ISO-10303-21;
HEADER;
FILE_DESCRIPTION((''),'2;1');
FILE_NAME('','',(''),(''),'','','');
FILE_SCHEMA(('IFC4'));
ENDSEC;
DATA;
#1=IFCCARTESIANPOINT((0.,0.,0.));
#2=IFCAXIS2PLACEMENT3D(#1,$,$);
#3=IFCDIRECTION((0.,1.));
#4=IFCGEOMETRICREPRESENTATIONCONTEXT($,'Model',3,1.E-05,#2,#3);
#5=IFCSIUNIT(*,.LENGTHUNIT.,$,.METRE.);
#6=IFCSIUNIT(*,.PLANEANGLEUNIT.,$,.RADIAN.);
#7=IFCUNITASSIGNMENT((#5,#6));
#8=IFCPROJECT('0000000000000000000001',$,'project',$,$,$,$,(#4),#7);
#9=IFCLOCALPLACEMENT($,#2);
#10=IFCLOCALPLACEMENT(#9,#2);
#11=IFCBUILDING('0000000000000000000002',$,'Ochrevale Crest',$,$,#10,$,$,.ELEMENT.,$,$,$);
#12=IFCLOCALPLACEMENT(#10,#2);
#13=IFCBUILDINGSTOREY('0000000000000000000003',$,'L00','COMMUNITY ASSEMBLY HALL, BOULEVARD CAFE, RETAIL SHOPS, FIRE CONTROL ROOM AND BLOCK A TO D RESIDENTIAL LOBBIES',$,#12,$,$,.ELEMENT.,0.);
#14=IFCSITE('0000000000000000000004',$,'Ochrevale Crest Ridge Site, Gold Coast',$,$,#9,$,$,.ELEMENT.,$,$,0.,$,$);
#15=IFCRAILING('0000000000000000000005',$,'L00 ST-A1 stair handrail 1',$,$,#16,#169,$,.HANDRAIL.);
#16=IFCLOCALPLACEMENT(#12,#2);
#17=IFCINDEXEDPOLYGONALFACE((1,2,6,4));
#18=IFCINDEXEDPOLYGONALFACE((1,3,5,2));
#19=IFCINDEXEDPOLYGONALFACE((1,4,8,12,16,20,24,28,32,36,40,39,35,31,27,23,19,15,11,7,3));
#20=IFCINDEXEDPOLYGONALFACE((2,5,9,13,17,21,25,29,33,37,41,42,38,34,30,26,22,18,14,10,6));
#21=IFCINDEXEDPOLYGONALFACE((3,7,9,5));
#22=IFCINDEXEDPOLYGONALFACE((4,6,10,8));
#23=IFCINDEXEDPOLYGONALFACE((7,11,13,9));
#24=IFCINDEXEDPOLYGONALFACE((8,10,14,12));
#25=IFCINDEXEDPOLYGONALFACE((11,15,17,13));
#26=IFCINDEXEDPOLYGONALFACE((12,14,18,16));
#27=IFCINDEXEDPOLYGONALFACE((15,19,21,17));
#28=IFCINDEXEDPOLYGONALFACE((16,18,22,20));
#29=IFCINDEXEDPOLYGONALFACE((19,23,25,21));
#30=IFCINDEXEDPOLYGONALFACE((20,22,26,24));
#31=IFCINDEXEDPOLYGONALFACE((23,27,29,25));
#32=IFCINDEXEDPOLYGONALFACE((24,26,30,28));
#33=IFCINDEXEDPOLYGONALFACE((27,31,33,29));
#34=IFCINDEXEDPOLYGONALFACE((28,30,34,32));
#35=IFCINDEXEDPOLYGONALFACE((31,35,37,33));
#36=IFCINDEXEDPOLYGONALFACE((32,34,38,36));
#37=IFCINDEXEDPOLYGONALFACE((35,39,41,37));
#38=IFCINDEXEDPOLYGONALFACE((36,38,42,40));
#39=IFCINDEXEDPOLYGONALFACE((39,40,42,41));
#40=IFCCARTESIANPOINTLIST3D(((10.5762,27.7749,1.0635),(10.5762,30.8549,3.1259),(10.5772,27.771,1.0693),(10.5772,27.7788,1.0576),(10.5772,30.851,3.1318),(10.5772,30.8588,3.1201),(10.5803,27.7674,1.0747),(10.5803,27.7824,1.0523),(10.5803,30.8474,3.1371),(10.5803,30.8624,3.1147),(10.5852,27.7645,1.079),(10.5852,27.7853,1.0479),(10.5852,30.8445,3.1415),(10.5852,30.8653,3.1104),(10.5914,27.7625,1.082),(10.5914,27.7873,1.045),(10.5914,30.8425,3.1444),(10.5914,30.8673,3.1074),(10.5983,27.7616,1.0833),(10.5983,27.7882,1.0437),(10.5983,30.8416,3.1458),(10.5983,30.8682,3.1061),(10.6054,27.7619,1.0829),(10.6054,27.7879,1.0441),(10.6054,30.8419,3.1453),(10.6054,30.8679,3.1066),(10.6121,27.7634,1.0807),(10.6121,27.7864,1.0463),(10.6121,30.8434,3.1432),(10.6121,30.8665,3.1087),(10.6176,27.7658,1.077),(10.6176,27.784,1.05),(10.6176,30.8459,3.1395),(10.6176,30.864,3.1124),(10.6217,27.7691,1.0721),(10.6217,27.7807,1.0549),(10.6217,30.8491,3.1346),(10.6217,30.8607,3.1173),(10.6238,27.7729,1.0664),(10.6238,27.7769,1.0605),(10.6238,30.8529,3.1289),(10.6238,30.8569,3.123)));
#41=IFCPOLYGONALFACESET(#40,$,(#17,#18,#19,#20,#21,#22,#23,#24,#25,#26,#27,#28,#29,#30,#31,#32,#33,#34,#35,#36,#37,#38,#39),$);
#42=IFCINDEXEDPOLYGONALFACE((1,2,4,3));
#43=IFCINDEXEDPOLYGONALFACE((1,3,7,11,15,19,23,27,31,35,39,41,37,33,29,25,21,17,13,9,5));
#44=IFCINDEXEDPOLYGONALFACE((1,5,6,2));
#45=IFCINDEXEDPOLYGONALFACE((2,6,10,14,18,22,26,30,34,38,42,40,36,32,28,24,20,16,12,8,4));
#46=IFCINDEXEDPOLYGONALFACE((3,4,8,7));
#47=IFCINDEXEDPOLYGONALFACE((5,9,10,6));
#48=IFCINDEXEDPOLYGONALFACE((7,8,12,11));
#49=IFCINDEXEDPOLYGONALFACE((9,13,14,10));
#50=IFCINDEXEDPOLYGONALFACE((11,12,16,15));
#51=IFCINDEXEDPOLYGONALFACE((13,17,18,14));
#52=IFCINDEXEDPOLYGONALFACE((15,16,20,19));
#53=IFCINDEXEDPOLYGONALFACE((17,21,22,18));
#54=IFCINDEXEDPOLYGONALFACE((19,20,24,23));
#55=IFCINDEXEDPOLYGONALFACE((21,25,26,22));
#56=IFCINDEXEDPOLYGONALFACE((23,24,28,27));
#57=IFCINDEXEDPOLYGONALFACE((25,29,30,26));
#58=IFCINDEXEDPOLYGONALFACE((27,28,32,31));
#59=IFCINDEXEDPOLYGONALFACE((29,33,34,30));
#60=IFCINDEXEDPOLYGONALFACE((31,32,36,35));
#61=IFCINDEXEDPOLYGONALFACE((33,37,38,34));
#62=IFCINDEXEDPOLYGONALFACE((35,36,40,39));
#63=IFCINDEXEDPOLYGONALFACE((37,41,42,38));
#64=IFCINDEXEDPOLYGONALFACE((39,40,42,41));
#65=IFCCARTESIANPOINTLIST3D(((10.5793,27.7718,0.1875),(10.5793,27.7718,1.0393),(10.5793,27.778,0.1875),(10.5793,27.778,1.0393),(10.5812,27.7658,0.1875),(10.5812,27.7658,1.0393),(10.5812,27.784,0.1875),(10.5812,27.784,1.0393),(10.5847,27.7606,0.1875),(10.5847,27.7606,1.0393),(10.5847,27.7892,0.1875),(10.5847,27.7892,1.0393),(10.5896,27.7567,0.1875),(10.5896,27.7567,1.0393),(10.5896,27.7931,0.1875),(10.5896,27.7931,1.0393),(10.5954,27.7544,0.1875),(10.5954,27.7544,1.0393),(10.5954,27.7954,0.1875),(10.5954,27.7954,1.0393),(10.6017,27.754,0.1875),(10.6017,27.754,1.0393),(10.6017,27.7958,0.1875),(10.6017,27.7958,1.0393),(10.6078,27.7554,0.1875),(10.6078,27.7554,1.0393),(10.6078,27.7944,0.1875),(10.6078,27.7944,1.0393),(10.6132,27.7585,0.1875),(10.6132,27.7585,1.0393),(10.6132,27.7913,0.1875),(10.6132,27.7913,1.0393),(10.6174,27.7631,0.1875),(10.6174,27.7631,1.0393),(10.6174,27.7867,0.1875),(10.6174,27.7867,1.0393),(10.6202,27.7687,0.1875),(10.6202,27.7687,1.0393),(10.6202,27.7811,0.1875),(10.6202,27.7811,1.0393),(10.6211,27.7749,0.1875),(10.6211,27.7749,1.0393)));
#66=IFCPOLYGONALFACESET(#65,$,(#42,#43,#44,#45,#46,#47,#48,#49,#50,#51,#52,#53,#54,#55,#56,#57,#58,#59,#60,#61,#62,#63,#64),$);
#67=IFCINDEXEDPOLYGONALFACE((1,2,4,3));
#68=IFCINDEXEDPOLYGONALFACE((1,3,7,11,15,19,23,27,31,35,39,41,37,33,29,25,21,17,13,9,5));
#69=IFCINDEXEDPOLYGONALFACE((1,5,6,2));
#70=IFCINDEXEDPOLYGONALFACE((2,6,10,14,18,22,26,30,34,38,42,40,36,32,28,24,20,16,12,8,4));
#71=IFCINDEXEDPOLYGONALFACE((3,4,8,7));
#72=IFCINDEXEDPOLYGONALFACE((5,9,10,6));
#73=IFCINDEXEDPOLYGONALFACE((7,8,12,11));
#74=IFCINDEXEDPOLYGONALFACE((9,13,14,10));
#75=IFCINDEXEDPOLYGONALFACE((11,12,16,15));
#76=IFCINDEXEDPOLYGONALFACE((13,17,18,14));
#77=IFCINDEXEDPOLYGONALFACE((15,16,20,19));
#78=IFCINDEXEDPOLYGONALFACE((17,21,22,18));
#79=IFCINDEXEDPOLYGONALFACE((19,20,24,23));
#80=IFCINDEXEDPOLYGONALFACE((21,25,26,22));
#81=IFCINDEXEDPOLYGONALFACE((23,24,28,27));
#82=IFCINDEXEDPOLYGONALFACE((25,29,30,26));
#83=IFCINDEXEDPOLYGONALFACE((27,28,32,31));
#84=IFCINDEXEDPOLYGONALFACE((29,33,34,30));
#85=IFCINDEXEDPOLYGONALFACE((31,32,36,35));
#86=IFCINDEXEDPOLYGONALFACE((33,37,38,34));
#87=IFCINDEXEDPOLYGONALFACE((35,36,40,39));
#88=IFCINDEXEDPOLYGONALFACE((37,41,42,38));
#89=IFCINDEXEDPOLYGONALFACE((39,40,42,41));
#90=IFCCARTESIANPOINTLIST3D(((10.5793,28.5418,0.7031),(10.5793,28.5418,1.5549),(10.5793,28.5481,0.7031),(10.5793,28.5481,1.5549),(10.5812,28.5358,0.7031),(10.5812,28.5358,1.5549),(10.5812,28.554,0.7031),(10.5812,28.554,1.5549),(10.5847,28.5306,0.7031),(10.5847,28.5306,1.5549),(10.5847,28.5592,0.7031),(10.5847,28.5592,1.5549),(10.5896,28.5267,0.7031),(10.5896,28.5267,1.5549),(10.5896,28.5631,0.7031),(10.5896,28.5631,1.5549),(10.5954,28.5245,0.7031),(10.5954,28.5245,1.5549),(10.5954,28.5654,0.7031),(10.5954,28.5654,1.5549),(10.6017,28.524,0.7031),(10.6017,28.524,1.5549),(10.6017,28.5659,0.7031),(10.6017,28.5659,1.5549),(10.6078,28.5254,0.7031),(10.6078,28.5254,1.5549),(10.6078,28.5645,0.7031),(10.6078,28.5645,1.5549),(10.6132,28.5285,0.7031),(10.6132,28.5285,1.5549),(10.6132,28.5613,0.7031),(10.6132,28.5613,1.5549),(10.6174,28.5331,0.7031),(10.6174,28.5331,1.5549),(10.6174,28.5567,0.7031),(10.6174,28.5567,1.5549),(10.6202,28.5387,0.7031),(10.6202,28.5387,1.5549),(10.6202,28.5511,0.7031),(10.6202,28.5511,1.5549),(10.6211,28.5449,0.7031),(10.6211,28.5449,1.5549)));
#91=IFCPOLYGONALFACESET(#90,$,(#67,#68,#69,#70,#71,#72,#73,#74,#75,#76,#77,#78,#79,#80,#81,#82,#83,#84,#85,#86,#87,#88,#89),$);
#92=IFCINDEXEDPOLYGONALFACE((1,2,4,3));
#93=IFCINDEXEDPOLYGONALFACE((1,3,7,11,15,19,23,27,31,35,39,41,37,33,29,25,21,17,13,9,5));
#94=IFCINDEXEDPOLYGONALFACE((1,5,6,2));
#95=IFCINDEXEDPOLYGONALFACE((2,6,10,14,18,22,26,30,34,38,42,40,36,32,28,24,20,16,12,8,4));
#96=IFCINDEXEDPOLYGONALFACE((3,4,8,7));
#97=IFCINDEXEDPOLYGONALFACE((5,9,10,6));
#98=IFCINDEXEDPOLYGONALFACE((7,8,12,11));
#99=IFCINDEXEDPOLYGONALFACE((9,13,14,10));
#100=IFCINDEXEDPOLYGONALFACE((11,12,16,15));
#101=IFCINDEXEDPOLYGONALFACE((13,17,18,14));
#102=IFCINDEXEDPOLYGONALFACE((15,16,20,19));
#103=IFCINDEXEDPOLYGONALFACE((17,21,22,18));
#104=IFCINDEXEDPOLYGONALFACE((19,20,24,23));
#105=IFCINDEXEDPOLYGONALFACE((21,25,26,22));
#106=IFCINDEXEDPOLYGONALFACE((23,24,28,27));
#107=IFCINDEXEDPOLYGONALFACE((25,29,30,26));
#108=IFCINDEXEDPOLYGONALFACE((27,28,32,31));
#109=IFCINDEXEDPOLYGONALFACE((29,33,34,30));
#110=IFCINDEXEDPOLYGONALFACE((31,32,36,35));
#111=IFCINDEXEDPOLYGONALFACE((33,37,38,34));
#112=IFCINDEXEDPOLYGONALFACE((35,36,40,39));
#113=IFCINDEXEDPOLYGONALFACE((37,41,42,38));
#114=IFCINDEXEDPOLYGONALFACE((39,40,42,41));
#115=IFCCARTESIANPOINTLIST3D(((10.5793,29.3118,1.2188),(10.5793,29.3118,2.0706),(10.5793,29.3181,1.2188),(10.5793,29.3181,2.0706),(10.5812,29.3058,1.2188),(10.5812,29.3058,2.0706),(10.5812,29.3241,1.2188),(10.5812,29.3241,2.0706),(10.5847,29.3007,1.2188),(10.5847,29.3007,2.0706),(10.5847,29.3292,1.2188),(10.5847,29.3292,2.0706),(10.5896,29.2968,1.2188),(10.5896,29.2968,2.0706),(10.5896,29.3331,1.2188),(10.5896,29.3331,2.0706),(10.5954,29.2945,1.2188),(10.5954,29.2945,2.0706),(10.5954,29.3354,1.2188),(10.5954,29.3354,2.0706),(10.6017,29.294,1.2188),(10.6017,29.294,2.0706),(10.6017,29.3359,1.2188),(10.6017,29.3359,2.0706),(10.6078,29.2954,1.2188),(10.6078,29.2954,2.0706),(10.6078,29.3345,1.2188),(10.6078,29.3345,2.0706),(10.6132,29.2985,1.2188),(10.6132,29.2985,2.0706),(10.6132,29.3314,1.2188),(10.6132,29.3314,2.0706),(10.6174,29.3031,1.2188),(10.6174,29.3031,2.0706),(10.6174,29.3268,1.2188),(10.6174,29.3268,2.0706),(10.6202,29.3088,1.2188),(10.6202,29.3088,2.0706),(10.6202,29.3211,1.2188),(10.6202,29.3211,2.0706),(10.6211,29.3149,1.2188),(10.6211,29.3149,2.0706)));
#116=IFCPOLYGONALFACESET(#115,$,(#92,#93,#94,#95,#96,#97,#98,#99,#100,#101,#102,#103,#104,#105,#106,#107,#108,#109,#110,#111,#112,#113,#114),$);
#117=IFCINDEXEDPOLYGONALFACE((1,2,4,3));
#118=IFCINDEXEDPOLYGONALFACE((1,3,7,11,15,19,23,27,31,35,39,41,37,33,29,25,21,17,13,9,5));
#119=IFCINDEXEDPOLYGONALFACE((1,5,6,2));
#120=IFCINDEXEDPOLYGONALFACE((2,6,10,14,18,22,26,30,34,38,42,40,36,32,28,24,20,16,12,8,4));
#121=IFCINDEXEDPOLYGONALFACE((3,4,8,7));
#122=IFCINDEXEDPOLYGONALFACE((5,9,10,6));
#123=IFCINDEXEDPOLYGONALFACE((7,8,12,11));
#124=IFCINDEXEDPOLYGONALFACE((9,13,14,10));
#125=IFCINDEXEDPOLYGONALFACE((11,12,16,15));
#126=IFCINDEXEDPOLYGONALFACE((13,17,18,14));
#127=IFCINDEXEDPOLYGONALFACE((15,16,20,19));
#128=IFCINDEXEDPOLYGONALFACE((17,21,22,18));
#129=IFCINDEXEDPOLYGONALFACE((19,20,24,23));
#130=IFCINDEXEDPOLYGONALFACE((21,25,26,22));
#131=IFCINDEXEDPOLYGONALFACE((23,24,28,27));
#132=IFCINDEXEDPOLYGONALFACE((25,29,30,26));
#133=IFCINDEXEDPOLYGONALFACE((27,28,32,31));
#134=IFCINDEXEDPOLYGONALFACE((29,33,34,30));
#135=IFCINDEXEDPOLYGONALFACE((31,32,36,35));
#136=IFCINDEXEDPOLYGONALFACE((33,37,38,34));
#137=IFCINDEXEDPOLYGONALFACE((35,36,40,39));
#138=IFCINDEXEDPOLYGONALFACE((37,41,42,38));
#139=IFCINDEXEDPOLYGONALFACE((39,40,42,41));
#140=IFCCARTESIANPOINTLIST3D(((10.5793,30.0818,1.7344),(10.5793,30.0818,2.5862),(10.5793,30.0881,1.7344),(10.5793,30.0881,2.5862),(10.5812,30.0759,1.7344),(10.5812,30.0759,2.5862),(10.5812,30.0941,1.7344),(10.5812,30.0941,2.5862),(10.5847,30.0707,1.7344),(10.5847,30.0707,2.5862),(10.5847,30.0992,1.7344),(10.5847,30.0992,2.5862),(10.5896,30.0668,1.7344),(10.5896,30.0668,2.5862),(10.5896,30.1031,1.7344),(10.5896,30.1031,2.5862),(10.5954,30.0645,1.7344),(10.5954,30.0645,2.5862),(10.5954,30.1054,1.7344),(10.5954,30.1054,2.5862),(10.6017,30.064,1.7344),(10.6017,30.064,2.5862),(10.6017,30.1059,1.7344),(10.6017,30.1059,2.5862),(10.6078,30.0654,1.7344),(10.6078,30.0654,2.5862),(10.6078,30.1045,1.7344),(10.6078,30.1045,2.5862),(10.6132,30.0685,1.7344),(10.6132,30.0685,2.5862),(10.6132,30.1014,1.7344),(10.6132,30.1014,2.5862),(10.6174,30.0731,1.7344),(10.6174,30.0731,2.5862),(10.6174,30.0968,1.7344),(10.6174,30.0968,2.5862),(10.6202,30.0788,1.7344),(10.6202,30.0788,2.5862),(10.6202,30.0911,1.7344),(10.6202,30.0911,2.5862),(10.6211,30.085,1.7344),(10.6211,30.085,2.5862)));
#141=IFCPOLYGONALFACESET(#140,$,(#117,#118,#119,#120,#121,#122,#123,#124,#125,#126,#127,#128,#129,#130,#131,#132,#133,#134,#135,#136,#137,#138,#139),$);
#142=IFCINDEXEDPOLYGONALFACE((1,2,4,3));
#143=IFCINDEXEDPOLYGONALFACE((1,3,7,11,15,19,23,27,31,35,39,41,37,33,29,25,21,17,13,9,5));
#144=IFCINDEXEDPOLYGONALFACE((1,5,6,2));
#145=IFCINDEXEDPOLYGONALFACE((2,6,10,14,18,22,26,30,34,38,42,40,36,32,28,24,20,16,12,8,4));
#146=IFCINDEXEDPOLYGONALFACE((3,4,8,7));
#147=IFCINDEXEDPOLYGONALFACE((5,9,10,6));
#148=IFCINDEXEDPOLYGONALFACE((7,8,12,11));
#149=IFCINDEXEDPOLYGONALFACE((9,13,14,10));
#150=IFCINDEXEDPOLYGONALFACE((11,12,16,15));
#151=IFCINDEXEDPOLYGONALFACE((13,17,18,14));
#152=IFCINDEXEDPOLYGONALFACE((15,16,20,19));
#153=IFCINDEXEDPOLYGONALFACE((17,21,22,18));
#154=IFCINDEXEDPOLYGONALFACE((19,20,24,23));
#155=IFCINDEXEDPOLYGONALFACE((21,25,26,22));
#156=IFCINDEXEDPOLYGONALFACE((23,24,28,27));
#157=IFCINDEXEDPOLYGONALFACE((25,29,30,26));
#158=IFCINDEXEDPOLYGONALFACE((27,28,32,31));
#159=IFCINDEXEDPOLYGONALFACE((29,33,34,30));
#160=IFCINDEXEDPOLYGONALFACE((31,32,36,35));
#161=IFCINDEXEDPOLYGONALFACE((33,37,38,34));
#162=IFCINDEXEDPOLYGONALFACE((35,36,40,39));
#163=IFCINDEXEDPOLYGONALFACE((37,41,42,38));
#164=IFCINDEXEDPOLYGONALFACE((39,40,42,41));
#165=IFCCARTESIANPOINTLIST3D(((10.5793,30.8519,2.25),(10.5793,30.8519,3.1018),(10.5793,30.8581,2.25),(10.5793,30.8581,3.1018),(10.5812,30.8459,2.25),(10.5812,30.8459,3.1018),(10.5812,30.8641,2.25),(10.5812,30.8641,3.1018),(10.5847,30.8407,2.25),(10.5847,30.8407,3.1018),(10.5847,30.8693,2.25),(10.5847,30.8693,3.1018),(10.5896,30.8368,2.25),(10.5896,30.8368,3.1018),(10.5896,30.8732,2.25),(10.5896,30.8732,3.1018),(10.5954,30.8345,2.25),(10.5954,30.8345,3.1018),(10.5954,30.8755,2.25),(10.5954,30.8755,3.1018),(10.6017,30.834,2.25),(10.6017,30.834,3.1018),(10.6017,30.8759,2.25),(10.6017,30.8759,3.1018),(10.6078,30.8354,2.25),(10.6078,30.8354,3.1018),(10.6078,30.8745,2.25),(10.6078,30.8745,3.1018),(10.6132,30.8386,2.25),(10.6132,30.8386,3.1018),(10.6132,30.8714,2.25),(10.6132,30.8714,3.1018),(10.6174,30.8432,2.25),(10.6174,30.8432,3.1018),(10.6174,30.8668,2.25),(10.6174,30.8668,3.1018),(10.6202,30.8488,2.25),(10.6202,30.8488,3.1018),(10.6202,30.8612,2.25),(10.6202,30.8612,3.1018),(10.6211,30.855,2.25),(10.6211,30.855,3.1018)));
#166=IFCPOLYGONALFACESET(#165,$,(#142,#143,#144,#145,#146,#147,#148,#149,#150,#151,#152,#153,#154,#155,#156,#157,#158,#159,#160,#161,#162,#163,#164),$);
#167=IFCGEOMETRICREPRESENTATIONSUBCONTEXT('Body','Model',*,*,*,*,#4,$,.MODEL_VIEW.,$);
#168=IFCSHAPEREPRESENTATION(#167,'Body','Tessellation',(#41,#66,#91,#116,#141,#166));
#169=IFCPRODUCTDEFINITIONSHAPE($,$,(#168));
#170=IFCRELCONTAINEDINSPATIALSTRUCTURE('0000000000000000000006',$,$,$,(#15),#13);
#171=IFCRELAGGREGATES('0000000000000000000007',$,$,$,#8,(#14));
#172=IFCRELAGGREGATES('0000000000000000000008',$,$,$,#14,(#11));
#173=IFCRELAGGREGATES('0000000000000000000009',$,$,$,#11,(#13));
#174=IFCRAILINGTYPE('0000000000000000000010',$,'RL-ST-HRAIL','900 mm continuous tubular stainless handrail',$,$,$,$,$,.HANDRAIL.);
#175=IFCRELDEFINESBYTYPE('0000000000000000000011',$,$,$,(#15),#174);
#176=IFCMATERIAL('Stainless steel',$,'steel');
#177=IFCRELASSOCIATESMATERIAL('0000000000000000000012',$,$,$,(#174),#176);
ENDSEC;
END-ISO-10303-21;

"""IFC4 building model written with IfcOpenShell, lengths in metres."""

from ifc_helpers import new_model, si_unit, direction, frame, origin, origin_2d, place, context, subcontext, project, spatial, circle, extrude, material, type_object, element, save


model = new_model("IFC4")

# Units and contexts
model_context = context("Model", 3, precision=1e-05, world=origin(), true_north=direction((0.0, 1.0)))
body_context = subcontext(model_context, "Body", "Model", "MODEL_VIEW")
ifc_project = project(units=[si_unit("LENGTHUNIT", "METRE"), si_unit("PLANEANGLEUNIT", "RADIAN")], contexts=[model_context])

# Site, building, storey
site_placement = place(None, origin())
site = spatial("IfcSite", under=ifc_project, at=site_placement, Name="Ochrevale Crest Ridge Site, Gold Coast", CompositionType="ELEMENT", RefElevation=0.0)
building_placement = place(site_placement, origin())
building = spatial("IfcBuilding", under=site, at=building_placement, Name="Ochrevale Crest", CompositionType="ELEMENT")
storey_placement = place(building_placement, origin())
storey = spatial("IfcBuildingStorey", under=building, at=storey_placement, Name="L00", Description="COMMUNITY ASSEMBLY HALL, BOULEVARD CAFE, RETAIL SHOPS, FIRE CONTROL ROOM AND BLOCK A TO D RESIDENTIAL LOBBIES", CompositionType="ELEMENT", Elevation=0.0)

# Railing
ifc_material_1 = material(Name="Stainless steel", Category="steel")
railing_type_1 = type_object("IfcRailingType", Name="RL-ST-HRAIL", Description="900 mm continuous tubular stainless handrail", PredefinedType="HANDRAIL", material=ifc_material_1)
railing_1_placement = place(storey_placement, frame((10.6001, 27.7749, 0.1875)))
element("IfcRailing", 1, at=railing_1_placement, inside=storey, type_object=railing_type_1, Name="L00 ST-A1 stair handrail 1", PredefinedType="HANDRAIL", context=body_context, shape_type="SweptSolid", body=[
    extrude(circle(Radius=0.0239, at=origin_2d()), frame((0.0, 0.0, 0.876), z_axis=(0.0, 0.830914, 0.556401), x_axis=(-1.0, 0.0, 0.0)), (0.0, 0.0, 1.0), 3.7068),
    extrude(circle(Radius=0.021, at=origin_2d()), origin(), (0.0, 0.0, 1.0), 0.8518),
    extrude(circle(Radius=0.021, at=origin_2d()), frame((0.0, 0.77, 0.5156)), (0.0, 0.0, 1.0), 0.8518),
    extrude(circle(Radius=0.021, at=origin_2d()), frame((0.0, 1.54, 1.0312)), (0.0, 0.0, 1.0), 0.8518),
    extrude(circle(Radius=0.021, at=origin_2d()), frame((0.0, 2.3101, 1.5469)), (0.0, 0.0, 1.0), 0.8518),
    extrude(circle(Radius=0.021, at=origin_2d()), frame((0.0, 3.0801, 2.0625)), (0.0, 0.0, 1.0), 0.8518),
])

save(model, "model.ifc")
